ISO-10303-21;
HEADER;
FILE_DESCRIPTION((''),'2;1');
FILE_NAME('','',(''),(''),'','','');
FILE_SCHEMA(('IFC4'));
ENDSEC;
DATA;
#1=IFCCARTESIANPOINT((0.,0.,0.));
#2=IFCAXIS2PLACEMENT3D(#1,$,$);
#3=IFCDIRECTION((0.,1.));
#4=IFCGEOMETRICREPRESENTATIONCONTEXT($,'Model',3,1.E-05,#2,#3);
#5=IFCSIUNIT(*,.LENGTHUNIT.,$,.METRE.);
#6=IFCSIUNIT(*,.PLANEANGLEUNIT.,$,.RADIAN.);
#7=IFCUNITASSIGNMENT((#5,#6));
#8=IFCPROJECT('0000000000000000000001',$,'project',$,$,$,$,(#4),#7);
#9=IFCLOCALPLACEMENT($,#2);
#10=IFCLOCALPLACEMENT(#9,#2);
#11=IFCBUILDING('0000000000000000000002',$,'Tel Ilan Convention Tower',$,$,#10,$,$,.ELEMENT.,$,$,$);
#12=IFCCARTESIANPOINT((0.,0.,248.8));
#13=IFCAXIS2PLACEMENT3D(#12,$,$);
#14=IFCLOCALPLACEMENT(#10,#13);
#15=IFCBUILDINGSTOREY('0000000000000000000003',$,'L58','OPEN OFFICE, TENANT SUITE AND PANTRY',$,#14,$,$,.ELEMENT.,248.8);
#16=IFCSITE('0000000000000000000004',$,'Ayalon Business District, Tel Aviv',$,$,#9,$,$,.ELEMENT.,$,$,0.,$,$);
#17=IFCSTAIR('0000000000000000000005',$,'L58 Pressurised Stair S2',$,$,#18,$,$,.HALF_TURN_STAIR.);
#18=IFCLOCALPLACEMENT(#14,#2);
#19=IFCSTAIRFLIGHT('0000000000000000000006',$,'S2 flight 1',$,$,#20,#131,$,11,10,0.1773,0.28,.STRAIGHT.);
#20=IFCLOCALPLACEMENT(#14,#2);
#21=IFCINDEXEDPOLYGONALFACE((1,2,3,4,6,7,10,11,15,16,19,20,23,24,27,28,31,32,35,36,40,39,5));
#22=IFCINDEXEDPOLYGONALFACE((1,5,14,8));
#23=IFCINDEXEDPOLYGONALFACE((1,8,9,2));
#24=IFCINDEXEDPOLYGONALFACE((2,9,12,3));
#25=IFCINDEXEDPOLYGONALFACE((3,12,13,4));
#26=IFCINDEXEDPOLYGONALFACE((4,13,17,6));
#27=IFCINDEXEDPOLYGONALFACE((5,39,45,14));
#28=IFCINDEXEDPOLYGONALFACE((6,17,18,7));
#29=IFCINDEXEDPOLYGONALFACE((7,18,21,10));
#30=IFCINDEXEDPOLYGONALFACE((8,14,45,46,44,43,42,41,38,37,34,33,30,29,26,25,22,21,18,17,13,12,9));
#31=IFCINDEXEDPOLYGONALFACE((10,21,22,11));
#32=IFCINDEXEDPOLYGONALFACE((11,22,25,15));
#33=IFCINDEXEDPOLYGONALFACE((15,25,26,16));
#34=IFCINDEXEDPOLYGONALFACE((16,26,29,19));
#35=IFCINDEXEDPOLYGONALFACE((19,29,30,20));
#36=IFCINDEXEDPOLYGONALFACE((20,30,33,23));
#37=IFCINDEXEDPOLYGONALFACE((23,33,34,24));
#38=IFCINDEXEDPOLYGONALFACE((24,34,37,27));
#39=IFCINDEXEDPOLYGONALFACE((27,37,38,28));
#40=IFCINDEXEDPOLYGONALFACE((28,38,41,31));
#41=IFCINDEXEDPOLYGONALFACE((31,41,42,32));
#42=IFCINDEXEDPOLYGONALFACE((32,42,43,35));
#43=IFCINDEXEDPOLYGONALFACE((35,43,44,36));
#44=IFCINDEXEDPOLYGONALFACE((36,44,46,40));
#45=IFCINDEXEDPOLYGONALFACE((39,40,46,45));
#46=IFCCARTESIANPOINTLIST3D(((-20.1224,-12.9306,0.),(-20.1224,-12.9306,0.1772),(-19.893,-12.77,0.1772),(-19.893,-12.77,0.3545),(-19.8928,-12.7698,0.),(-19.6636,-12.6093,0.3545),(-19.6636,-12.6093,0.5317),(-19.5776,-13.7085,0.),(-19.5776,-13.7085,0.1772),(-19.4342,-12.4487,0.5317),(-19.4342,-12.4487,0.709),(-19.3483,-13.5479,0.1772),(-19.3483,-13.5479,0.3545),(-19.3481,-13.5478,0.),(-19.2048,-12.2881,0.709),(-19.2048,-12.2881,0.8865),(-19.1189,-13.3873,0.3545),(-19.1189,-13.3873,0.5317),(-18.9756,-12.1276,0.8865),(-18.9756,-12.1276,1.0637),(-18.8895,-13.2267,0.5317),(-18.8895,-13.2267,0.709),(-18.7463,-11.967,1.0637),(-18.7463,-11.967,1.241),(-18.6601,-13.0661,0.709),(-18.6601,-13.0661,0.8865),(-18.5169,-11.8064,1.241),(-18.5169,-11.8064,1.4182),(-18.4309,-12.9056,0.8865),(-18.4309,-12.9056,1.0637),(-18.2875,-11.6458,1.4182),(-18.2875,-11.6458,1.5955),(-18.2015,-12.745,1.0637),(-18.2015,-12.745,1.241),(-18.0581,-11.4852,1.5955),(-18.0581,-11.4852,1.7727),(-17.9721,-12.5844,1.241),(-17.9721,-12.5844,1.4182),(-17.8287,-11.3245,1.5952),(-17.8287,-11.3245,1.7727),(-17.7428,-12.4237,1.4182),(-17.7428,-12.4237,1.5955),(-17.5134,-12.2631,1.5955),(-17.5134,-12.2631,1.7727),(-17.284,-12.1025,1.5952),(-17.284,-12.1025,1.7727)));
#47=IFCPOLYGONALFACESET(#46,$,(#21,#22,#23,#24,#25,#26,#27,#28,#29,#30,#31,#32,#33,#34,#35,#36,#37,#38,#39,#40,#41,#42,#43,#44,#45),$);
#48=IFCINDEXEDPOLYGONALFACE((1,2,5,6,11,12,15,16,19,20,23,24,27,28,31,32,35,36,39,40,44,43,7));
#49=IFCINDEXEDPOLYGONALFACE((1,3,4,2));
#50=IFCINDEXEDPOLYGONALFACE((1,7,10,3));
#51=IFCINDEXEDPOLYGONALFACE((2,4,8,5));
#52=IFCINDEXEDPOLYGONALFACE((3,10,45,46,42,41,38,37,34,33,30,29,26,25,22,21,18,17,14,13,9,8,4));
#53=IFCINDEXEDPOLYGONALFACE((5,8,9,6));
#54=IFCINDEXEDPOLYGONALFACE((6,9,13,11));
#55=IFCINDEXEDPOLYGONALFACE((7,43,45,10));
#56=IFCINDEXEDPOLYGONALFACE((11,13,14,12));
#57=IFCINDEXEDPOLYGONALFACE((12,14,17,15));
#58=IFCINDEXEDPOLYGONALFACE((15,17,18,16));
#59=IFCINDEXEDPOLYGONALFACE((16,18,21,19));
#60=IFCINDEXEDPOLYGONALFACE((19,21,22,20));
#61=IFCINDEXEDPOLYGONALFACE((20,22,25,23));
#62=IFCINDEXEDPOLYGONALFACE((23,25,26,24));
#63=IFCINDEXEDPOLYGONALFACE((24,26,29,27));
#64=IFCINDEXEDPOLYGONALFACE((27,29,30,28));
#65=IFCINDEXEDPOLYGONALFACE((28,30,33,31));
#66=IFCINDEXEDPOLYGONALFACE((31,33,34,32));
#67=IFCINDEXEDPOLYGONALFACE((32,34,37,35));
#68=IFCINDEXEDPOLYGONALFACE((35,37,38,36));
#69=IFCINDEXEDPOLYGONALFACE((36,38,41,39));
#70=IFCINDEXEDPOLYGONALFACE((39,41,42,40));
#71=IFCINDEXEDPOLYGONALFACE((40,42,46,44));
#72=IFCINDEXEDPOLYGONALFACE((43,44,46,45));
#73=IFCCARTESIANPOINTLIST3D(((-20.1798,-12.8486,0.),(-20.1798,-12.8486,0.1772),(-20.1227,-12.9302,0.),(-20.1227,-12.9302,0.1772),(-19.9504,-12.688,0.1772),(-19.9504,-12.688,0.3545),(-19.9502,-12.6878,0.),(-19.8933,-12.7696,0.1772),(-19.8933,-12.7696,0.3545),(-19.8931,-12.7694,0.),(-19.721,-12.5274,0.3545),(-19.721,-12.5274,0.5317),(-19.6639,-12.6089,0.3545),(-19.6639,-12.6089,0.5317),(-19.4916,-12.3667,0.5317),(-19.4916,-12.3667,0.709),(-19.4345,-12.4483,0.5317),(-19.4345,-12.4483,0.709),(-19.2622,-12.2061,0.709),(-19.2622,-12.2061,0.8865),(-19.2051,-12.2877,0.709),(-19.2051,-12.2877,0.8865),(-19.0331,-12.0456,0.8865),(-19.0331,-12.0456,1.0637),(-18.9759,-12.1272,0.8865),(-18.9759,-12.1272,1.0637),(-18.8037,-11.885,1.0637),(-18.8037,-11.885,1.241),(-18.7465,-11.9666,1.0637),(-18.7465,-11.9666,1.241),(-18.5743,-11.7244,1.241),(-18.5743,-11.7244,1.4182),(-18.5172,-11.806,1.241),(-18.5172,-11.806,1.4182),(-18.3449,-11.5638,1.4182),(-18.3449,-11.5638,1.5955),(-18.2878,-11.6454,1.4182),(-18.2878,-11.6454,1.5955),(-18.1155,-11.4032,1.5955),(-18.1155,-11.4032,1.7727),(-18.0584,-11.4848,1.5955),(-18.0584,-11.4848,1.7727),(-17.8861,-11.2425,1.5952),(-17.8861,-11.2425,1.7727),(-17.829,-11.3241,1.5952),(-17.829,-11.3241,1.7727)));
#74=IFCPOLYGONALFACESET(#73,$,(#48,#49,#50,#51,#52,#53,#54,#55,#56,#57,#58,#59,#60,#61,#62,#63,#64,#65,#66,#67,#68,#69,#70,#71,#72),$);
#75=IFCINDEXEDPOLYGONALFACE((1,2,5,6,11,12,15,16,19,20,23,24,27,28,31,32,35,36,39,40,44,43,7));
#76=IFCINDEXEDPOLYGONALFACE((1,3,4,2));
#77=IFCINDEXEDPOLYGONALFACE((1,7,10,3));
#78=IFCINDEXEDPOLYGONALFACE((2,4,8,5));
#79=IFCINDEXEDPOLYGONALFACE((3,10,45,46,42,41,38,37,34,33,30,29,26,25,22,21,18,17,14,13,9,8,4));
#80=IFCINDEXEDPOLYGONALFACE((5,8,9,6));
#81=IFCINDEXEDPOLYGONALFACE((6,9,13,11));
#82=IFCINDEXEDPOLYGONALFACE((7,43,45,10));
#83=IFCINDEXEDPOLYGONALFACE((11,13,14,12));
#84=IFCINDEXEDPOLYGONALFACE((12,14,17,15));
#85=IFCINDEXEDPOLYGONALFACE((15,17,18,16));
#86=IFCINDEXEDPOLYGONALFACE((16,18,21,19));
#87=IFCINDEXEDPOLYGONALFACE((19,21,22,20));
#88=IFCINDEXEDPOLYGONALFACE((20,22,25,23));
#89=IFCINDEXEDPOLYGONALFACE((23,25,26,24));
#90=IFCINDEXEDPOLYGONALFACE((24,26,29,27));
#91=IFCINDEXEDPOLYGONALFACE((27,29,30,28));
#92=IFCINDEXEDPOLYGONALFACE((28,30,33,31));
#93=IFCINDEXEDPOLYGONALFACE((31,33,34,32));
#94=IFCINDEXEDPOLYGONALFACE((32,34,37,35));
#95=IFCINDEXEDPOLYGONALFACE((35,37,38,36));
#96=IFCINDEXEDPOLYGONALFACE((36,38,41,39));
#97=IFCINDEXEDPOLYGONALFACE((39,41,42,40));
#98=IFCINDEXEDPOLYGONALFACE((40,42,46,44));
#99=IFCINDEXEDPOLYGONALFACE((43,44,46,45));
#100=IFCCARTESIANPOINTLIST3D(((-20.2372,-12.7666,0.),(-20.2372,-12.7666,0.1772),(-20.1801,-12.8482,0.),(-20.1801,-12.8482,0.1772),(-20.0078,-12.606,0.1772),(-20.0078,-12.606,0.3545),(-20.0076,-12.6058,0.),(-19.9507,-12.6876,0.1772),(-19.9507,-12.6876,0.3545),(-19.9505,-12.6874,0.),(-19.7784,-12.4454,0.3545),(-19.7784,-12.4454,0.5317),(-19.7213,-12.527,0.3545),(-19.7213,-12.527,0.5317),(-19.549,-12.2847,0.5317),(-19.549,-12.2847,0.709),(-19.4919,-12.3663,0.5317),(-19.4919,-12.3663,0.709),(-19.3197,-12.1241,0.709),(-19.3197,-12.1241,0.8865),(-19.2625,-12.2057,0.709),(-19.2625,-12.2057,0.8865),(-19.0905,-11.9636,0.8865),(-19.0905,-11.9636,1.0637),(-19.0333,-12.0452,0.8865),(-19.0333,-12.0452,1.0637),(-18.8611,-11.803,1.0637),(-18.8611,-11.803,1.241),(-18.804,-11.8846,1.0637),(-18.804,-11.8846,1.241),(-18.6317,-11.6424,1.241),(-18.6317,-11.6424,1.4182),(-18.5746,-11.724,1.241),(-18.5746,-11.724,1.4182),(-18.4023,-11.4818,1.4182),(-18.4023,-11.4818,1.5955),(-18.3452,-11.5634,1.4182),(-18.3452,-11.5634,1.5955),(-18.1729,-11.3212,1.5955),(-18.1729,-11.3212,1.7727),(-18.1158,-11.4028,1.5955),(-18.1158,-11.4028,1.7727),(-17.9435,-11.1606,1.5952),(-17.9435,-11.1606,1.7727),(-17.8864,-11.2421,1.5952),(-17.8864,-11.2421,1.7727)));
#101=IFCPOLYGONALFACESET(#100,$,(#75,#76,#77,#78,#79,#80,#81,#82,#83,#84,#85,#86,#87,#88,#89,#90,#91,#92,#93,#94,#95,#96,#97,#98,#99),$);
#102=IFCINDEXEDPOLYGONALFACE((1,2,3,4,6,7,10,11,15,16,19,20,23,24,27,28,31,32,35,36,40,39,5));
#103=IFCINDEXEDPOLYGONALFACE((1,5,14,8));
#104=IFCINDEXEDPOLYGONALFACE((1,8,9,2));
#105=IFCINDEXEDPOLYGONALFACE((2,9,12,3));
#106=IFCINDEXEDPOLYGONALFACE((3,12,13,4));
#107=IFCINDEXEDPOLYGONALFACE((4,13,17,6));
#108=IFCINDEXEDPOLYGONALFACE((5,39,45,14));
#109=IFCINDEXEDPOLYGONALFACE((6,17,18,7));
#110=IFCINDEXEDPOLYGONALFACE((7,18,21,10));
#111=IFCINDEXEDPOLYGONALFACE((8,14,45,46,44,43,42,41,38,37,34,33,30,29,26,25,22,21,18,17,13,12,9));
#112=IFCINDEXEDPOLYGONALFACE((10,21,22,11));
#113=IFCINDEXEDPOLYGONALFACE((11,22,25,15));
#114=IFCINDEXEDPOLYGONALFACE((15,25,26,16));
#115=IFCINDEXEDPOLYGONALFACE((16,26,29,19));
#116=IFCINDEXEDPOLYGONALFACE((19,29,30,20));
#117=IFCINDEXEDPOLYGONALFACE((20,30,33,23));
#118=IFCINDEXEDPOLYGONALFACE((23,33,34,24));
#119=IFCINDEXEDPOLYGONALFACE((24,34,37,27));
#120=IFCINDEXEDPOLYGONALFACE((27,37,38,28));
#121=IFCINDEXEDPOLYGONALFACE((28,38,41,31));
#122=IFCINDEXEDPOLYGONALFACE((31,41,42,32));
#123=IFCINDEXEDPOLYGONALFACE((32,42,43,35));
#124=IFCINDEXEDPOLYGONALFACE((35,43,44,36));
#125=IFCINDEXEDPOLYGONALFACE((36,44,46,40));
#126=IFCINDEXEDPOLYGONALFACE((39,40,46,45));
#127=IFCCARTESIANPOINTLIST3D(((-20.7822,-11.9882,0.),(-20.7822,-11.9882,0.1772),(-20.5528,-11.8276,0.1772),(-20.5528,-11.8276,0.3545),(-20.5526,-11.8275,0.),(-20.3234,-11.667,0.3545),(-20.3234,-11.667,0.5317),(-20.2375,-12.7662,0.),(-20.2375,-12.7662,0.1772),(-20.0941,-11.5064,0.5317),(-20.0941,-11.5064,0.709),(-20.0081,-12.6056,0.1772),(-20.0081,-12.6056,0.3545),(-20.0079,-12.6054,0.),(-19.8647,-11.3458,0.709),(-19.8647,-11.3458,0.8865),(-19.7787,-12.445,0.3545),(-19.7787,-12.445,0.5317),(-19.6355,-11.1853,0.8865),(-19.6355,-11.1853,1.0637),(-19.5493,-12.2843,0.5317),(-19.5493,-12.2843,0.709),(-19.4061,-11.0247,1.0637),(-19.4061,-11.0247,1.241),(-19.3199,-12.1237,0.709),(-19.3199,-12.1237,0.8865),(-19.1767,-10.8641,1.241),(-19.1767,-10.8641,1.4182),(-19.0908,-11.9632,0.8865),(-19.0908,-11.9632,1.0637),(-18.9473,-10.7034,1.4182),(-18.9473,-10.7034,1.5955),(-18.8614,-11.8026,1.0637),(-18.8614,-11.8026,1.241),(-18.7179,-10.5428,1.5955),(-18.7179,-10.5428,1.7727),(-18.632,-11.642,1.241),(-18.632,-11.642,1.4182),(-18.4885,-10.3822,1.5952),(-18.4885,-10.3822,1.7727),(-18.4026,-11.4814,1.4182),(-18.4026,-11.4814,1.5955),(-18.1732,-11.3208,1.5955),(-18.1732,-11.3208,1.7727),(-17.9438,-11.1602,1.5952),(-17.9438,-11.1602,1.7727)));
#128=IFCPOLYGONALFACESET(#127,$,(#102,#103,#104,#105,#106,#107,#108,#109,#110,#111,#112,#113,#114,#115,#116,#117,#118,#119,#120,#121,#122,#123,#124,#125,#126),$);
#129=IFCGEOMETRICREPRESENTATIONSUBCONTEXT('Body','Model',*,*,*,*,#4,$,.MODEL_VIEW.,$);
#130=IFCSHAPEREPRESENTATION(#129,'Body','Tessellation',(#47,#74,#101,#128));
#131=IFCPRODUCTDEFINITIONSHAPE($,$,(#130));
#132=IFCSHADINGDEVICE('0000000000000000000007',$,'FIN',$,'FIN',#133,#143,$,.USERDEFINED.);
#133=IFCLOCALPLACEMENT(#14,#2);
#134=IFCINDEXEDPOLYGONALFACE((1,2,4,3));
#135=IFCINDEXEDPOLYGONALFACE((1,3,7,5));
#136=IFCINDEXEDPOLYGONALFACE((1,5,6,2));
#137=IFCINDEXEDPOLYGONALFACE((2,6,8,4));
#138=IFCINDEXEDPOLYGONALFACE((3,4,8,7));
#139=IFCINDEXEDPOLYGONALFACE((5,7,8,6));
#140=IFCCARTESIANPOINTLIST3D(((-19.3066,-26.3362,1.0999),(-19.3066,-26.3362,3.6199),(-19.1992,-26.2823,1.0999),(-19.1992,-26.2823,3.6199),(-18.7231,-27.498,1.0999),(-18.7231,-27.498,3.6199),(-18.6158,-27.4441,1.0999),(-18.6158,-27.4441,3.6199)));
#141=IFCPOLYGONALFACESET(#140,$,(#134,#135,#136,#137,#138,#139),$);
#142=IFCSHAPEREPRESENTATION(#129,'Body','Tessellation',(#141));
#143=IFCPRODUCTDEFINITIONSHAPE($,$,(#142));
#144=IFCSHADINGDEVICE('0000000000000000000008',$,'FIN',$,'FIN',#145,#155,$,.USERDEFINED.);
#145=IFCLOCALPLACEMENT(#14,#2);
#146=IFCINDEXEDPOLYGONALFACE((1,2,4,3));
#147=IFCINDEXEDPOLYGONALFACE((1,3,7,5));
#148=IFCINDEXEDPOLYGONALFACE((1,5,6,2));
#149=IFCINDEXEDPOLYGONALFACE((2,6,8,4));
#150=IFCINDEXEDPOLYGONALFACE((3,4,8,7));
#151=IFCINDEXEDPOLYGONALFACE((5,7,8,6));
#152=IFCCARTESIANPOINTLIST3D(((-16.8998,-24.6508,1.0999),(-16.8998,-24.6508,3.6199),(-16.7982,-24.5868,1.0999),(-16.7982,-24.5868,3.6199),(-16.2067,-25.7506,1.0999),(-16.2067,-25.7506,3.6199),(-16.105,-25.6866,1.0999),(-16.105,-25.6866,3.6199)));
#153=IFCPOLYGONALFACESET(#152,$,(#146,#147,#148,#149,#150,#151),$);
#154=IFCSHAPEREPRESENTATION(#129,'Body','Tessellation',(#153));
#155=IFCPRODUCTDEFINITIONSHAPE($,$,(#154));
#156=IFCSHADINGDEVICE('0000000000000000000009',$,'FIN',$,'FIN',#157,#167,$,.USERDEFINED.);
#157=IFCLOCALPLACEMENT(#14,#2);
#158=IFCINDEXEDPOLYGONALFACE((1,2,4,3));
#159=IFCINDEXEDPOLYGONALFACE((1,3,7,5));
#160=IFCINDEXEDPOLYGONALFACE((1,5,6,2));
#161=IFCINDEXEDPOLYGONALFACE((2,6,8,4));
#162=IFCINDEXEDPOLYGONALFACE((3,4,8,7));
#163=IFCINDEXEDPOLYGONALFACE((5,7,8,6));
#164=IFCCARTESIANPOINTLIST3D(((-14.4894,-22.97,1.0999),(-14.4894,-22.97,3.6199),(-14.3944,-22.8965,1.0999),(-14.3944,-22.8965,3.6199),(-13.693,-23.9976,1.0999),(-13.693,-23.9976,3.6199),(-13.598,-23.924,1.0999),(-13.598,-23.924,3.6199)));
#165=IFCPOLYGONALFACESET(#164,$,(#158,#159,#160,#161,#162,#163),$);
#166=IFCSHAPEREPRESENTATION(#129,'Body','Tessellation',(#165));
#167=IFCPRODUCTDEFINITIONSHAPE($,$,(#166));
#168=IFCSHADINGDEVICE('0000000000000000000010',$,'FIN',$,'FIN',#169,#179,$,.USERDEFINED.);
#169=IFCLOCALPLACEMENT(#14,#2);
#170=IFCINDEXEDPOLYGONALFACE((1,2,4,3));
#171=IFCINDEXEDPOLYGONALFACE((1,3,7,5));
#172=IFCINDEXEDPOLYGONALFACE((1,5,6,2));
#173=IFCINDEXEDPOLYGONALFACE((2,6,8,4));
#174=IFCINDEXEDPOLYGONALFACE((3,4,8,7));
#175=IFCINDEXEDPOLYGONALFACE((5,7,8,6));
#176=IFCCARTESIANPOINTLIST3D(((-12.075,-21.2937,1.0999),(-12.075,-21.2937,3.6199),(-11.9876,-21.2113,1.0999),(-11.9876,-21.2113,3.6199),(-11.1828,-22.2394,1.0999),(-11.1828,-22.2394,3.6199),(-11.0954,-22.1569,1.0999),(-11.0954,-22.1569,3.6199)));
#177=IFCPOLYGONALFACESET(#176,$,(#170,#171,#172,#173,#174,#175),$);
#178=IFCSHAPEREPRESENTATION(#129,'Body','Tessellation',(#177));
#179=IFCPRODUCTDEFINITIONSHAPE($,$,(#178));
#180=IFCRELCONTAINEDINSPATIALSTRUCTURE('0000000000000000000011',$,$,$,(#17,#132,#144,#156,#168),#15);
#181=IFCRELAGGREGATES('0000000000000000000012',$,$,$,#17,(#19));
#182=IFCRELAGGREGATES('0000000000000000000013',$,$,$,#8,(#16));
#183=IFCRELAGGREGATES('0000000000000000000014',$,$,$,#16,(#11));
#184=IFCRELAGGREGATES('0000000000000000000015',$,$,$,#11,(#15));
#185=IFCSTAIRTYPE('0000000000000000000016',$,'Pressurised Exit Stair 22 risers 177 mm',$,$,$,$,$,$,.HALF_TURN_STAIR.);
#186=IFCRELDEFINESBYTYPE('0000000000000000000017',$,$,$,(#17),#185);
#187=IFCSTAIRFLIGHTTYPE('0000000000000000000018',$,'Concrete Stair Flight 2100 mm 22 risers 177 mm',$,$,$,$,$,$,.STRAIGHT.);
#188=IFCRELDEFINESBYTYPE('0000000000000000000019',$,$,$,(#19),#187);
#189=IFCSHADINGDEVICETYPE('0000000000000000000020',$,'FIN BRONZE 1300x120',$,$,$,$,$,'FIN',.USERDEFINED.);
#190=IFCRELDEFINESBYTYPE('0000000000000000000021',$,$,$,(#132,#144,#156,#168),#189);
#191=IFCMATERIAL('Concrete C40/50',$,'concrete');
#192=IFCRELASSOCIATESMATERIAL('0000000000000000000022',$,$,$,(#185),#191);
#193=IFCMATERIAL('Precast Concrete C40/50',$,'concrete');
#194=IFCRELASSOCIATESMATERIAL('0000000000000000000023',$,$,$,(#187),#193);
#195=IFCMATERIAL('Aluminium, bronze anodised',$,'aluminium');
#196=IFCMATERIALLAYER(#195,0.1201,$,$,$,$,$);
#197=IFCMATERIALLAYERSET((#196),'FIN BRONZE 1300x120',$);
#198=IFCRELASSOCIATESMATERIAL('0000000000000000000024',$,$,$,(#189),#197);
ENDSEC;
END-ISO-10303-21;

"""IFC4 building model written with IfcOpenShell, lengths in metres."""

from ifc_helpers import new_model, si_unit, direction, frame, origin, origin_2d, place, context, subcontext, project, spatial, polyline, rectangle, outline, extrude, material, layer, layer_set, type_object, element, aggregate, save


model = new_model("IFC4")

# Units and contexts
model_context = context("Model", 3, precision=1e-05, world=origin(), true_north=direction((0.0, 1.0)))
body_context = subcontext(model_context, "Body", "Model", "MODEL_VIEW")
ifc_project = project(units=[si_unit("LENGTHUNIT", "METRE"), si_unit("PLANEANGLEUNIT", "RADIAN")], contexts=[model_context])

# Site, building, storey
site_placement = place(None, origin())
site = spatial("IfcSite", under=ifc_project, at=site_placement, Name="Ayalon Business District, Tel Aviv", CompositionType="ELEMENT", RefElevation=0.0)
building_placement = place(site_placement, origin())
building = spatial("IfcBuilding", under=site, at=building_placement, Name="Tel Ilan Convention Tower", CompositionType="ELEMENT")
storey_placement = place(building_placement, frame((0.0, 0.0, 248.8)))
storey = spatial("IfcBuildingStorey", under=building, at=storey_placement, Name="L58", Description="OPEN OFFICE, TENANT SUITE AND PANTRY", CompositionType="ELEMENT", Elevation=248.8)

# Stair, stair flight
ifc_material_1 = material(Name="Concrete C40/50", Category="concrete")
stair_type = type_object("IfcStairType", Name="Pressurised Exit Stair 22 risers 177 mm", PredefinedType="HALF_TURN_STAIR", material=ifc_material_1)
stair_placement = place(storey_placement, origin())
stair = element("IfcStair", 1, at=stair_placement, inside=storey, type_object=stair_type, Name="L58 Pressurised Stair S2", PredefinedType="HALF_TURN_STAIR")
ifc_material_2 = material(Name="Precast Concrete C40/50", Category="concrete")
stair_flight_type = type_object("IfcStairFlightType", Name="Concrete Stair Flight 2100 mm 22 risers 177 mm", PredefinedType="STRAIGHT", material=ifc_material_2)
stair_flight_placement = place(storey_placement, frame((-20.1799, -12.8484, 0.0), z_axis=(0.0, 0.0, 1.0), x_axis=(0.819152, 0.573576, 0.0)))
stair_flight = element("IfcStairFlight", 2, at=stair_flight_placement, type_object=stair_flight_type, Name="S2 flight 1", NumberOfRisers=11, NumberOfTreads=10, PredefinedType="STRAIGHT", RiserHeight=0.1773, TreadLength=0.28, context=body_context, shape_type="SweptSolid", body=[
    extrude(outline(polyline([(0.0, 0.0), (0.0, 0.1772), (0.28, 0.1772), (0.28, 0.3545), (0.5601, 0.3545), (0.5601, 0.5317), (0.8401, 0.5317), (0.8401, 0.709), (1.1201, 0.709), (1.1201, 0.8865), (1.3999, 0.8865), (1.3999, 1.0637), (1.6799, 1.0637), (1.6799, 1.241), (1.96, 1.241), (1.96, 1.4182), (2.24, 1.4182), (2.24, 1.5955), (2.52, 1.5955), (2.52, 1.7727), (2.8, 1.7727), (2.8, 1.95), (2.8, 1.5952), (0.2803, 0.0), (0.0, 0.0)])), frame((0.0, -0.1003, 0.0), z_axis=(0.0, -1.0, 0.0), x_axis=(1.0, 0.0, 0.0)), (0.0, 0.0, 1.0), 0.9497),
    extrude(outline(polyline([(0.0, 0.0), (0.0, 0.1772), (0.28, 0.1772), (0.28, 0.3545), (0.5601, 0.3545), (0.5601, 0.5317), (0.8401, 0.5317), (0.8401, 0.709), (1.1201, 0.709), (1.1201, 0.8865), (1.3999, 0.8865), (1.3999, 1.0637), (1.6799, 1.0637), (1.6799, 1.241), (1.96, 1.241), (1.96, 1.4182), (2.24, 1.4182), (2.24, 1.5955), (2.52, 1.5955), (2.52, 1.7727), (2.8, 1.7727), (2.8, 1.95), (2.8, 1.5952), (0.2803, 0.0), (0.0, 0.0)])), frame((0.0, -0.0002, 0.0), z_axis=(0.0, -1.0, 0.0), x_axis=(1.0, 0.0, 0.0)), (0.0, 0.0, 1.0), 0.0996),
    extrude(outline(polyline([(0.0, 0.0), (0.0, 0.1772), (0.28, 0.1772), (0.28, 0.3545), (0.5601, 0.3545), (0.5601, 0.5317), (0.8401, 0.5317), (0.8401, 0.709), (1.1201, 0.709), (1.1201, 0.8865), (1.3999, 0.8865), (1.3999, 1.0637), (1.6799, 1.0637), (1.6799, 1.241), (1.96, 1.241), (1.96, 1.4182), (2.24, 1.4182), (2.24, 1.5955), (2.52, 1.5955), (2.52, 1.7727), (2.8, 1.7727), (2.8, 1.95), (2.8, 1.5952), (0.2803, 0.0), (0.0, 0.0)])), frame((0.0, 0.0999, 0.0), z_axis=(0.0, -1.0, 0.0), x_axis=(1.0, 0.0, 0.0)), (0.0, 0.0, 1.0), 0.0996),
    extrude(outline(polyline([(0.0, 0.0), (0.0, 0.1772), (0.28, 0.1772), (0.28, 0.3545), (0.5601, 0.3545), (0.5601, 0.5317), (0.8401, 0.5317), (0.8401, 0.709), (1.1201, 0.709), (1.1201, 0.8865), (1.3999, 0.8865), (1.3999, 1.0637), (1.6799, 1.0637), (1.6799, 1.241), (1.96, 1.241), (1.96, 1.4182), (2.24, 1.4182), (2.24, 1.5955), (2.52, 1.5955), (2.52, 1.7727), (2.8, 1.7727), (2.8, 1.95), (2.8, 1.5952), (0.2803, 0.0), (0.0, 0.0)])), frame((0.0, 1.05, 0.0), z_axis=(0.0, -1.0, 0.0), x_axis=(1.0, 0.0, 0.0)), (0.0, 0.0, 1.0), 0.9497),
])
aggregate(stair, [stair_flight])

# Shading devices
ifc_material_3 = material(Name="Aluminium, bronze anodised", Category="aluminium")
ifc_layer_1 = layer(ifc_material_3, 0.1201)
ifc_layer_set_1 = layer_set([ifc_layer_1], Name="FIN BRONZE 1300x120")
shading_device_type = type_object("IfcShadingDeviceType", Name="FIN BRONZE 1300x120", ElementType="FIN", PredefinedType="USERDEFINED", material=ifc_layer_set_1)
for number, where, z_axis, x_axis, name in (
    (3, (-18.9612, -26.8901, 1.0999), (0.0, 0.0, 1.0), (0.448799, -0.893633, 0.0), "FIN"),
    (4, (-16.5024, -25.1687, 1.0999), (0.0, 0.0, 1.0), (0.533204, -0.845986, 0.0), "FIN"),
    (5, (-14.0437, -23.447, 1.0999), (0.0, 0.0, 1.0), (0.612601, -0.790393, 0.0), "FIN"),
    (6, (-11.5852, -21.7253, 1.0999), (0.0, 0.0, 1.0), (0.686242, -0.727374, 0.0), "FIN"),
):
    element("IfcShadingDevice", number, at=place(storey_placement, frame(where, z_axis=z_axis, x_axis=x_axis)), inside=storey, type_object=shading_device_type, Name=name, ObjectType="FIN", PredefinedType="USERDEFINED", context=body_context, shape_type="SweptSolid", body=[
        extrude(rectangle(XDim=1.3, YDim=0.1201, at=origin_2d()), origin(), (0.0, 0.0, 1.0), 2.52),
    ])

save(model, "model.ifc")
